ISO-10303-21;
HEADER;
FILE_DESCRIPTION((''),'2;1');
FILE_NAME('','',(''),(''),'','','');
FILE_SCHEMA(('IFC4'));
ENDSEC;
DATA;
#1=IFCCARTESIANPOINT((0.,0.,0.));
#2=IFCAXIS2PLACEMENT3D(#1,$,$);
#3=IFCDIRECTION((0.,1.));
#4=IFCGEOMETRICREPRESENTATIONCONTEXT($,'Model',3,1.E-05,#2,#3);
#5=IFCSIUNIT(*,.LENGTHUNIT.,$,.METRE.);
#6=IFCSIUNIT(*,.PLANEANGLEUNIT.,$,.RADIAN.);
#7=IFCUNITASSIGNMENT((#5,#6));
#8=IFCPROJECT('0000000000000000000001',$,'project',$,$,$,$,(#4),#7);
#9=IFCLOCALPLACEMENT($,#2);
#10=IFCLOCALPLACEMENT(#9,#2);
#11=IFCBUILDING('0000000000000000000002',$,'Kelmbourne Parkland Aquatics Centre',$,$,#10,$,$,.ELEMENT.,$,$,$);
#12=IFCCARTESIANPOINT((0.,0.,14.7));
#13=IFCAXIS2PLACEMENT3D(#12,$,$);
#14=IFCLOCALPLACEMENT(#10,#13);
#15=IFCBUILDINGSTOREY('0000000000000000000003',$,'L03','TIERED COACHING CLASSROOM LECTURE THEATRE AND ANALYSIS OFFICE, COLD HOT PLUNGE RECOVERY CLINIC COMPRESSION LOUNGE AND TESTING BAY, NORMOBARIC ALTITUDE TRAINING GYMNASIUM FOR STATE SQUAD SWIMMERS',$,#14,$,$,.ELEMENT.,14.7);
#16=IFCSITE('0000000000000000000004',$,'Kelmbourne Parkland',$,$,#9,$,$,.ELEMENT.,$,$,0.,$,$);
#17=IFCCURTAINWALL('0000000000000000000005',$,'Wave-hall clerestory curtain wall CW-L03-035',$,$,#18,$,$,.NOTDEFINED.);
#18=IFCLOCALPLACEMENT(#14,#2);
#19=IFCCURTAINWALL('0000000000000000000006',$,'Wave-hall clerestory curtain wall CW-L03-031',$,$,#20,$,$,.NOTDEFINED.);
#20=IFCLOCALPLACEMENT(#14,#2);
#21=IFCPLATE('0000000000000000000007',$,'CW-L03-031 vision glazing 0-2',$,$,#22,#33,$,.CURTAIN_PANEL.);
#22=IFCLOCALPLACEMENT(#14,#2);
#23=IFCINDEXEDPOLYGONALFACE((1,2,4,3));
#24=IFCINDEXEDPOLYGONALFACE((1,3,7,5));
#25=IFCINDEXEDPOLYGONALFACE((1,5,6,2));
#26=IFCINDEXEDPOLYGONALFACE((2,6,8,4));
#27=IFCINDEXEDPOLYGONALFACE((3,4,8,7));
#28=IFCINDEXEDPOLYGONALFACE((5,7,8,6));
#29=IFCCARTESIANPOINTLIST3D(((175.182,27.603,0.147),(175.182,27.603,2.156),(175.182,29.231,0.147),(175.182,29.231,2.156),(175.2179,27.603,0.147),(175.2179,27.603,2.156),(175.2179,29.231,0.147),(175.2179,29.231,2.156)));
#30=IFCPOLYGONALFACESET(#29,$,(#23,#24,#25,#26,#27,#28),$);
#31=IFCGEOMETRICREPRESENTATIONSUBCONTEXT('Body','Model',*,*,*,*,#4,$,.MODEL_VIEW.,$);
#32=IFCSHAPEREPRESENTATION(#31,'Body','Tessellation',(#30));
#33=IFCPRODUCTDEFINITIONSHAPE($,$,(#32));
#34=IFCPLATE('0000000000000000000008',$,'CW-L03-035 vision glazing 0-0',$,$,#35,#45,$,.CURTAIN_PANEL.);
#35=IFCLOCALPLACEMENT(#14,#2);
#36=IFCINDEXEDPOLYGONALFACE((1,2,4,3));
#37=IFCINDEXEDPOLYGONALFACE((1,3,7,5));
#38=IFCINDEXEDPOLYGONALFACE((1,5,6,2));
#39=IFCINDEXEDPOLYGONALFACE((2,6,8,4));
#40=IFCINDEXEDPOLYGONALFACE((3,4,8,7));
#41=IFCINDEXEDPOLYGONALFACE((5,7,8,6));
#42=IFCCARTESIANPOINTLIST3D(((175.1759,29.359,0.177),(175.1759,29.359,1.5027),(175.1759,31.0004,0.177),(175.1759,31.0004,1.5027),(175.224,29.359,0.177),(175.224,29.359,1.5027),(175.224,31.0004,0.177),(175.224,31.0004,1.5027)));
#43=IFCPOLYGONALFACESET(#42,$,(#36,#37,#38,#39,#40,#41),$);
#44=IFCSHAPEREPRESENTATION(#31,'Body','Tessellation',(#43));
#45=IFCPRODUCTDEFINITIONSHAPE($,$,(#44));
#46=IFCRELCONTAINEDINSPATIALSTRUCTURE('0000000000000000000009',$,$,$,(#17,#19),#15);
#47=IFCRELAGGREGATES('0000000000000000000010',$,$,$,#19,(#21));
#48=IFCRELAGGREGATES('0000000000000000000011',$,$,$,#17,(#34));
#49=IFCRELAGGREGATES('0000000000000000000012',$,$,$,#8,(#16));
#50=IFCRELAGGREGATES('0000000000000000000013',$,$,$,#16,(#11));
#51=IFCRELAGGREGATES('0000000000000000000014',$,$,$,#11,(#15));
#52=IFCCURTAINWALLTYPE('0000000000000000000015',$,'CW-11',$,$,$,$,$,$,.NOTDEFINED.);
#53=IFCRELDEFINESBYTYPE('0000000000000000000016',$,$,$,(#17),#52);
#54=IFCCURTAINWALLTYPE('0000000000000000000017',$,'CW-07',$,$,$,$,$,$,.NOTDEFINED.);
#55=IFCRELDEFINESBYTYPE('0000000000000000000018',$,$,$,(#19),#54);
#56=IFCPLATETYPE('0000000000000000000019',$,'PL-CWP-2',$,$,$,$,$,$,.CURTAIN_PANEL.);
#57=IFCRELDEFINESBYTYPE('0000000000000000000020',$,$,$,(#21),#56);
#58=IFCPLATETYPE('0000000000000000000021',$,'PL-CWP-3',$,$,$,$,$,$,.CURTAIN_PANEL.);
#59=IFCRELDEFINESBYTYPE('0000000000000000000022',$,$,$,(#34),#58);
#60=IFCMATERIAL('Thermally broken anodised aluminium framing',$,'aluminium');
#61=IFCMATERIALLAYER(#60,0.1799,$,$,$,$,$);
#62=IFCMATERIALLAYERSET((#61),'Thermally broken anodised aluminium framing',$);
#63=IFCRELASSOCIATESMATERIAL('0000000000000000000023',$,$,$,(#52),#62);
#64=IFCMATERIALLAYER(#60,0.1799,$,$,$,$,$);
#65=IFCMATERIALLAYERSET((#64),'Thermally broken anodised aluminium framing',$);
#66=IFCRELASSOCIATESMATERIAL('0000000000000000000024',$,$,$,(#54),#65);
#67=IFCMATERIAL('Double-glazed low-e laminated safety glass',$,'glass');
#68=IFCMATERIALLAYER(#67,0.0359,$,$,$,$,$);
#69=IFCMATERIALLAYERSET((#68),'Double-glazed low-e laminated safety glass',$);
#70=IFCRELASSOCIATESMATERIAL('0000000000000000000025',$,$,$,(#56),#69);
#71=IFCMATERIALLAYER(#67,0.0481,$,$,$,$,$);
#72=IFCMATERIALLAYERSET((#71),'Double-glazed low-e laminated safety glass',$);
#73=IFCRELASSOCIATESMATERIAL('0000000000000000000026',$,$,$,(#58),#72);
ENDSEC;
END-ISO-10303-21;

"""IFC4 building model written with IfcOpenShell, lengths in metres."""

from ifc_helpers import new_model, si_unit, direction, frame, origin, origin_2d, place, context, subcontext, project, spatial, rectangle, extrude, material, layer, layer_set, type_object, element, aggregate, save


model = new_model("IFC4")

# Units and contexts
model_context = context("Model", 3, precision=1e-05, world=origin(), true_north=direction((0.0, 1.0)))
body_context = subcontext(model_context, "Body", "Model", "MODEL_VIEW")
ifc_project = project(units=[si_unit("LENGTHUNIT", "METRE"), si_unit("PLANEANGLEUNIT", "RADIAN")], contexts=[model_context])

# Site, building, storey
site_placement = place(None, origin())
site = spatial("IfcSite", under=ifc_project, at=site_placement, Name="Kelmbourne Parkland", CompositionType="ELEMENT", RefElevation=0.0)
building_placement = place(site_placement, origin())
building = spatial("IfcBuilding", under=site, at=building_placement, Name="Kelmbourne Parkland Aquatics Centre", CompositionType="ELEMENT")
storey_placement = place(building_placement, frame((0.0, 0.0, 14.7)))
storey = spatial("IfcBuildingStorey", under=building, at=storey_placement, Name="L03", Description="TIERED COACHING CLASSROOM LECTURE THEATRE AND ANALYSIS OFFICE, COLD HOT PLUNGE RECOVERY CLINIC COMPRESSION LOUNGE AND TESTING BAY, NORMOBARIC ALTITUDE TRAINING GYMNASIUM FOR STATE SQUAD SWIMMERS", CompositionType="ELEMENT", Elevation=14.7)

# Curtain walls
ifc_material_1 = material(Name="Thermally broken anodised aluminium framing", Category="aluminium")
ifc_layer_1 = layer(ifc_material_1, 0.1799)
ifc_layer_set_1 = layer_set([ifc_layer_1], Name="Thermally broken anodised aluminium framing")
curtain_wall_type_1 = type_object("IfcCurtainWallType", Name="CW-11", PredefinedType="NOTDEFINED", material=ifc_layer_set_1)
curtain_wall_1_placement = place(storey_placement, origin())
curtain_wall_1 = element("IfcCurtainWall", 1, at=curtain_wall_1_placement, inside=storey, type_object=curtain_wall_type_1, Name="Wave-hall clerestory curtain wall CW-L03-035", PredefinedType="NOTDEFINED")
ifc_layer_2 = layer(ifc_material_1, 0.1799)
ifc_layer_set_2 = layer_set([ifc_layer_2], Name="Thermally broken anodised aluminium framing")
curtain_wall_type_2 = type_object("IfcCurtainWallType", Name="CW-07", PredefinedType="NOTDEFINED", material=ifc_layer_set_2)
curtain_wall_2_placement = place(storey_placement, origin())
curtain_wall_2 = element("IfcCurtainWall", 2, at=curtain_wall_2_placement, inside=storey, type_object=curtain_wall_type_2, Name="Wave-hall clerestory curtain wall CW-L03-031", PredefinedType="NOTDEFINED")

# Plates
ifc_material_2 = material(Name="Double-glazed low-e laminated safety glass", Category="glass")
ifc_layer_3 = layer(ifc_material_2, 0.0359)
ifc_layer_set_3 = layer_set([ifc_layer_3], Name="Double-glazed low-e laminated safety glass")
plate_type_1 = type_object("IfcPlateType", Name="PL-CWP-2", PredefinedType="CURTAIN_PANEL", material=ifc_layer_set_3)
plate_1_placement = place(storey_placement, frame((175.2, 28.417, 0.147), z_axis=(0.0, 0.0, 1.0), x_axis=(0.0, 1.0, 0.0)))
plate_1 = element("IfcPlate", 3, at=plate_1_placement, type_object=plate_type_1, Name="CW-L03-031 vision glazing 0-2", PredefinedType="CURTAIN_PANEL", context=body_context, shape_type="SweptSolid", body=[
    extrude(rectangle(XDim=1.6279, YDim=0.0359, at=origin_2d()), origin(), (0.0, 0.0, 1.0), 2.009),
])
aggregate(curtain_wall_2, [plate_1])
ifc_layer_4 = layer(ifc_material_2, 0.0481)
ifc_layer_set_4 = layer_set([ifc_layer_4], Name="Double-glazed low-e laminated safety glass")
plate_type_2 = type_object("IfcPlateType", Name="PL-CWP-3", PredefinedType="CURTAIN_PANEL", material=ifc_layer_set_4)
plate_2_placement = place(storey_placement, frame((175.2, 30.1797, 0.177), z_axis=(0.0, 0.0, 1.0), x_axis=(0.0, 1.0, 0.0)))
plate_2 = element("IfcPlate", 4, at=plate_2_placement, type_object=plate_type_2, Name="CW-L03-035 vision glazing 0-0", PredefinedType="CURTAIN_PANEL", context=body_context, shape_type="SweptSolid", body=[
    extrude(rectangle(XDim=1.6414, YDim=0.0481, at=origin_2d()), origin(), (0.0, 0.0, 1.0), 1.3257),
])
aggregate(curtain_wall_1, [plate_2])

save(model, "model.ifc")
